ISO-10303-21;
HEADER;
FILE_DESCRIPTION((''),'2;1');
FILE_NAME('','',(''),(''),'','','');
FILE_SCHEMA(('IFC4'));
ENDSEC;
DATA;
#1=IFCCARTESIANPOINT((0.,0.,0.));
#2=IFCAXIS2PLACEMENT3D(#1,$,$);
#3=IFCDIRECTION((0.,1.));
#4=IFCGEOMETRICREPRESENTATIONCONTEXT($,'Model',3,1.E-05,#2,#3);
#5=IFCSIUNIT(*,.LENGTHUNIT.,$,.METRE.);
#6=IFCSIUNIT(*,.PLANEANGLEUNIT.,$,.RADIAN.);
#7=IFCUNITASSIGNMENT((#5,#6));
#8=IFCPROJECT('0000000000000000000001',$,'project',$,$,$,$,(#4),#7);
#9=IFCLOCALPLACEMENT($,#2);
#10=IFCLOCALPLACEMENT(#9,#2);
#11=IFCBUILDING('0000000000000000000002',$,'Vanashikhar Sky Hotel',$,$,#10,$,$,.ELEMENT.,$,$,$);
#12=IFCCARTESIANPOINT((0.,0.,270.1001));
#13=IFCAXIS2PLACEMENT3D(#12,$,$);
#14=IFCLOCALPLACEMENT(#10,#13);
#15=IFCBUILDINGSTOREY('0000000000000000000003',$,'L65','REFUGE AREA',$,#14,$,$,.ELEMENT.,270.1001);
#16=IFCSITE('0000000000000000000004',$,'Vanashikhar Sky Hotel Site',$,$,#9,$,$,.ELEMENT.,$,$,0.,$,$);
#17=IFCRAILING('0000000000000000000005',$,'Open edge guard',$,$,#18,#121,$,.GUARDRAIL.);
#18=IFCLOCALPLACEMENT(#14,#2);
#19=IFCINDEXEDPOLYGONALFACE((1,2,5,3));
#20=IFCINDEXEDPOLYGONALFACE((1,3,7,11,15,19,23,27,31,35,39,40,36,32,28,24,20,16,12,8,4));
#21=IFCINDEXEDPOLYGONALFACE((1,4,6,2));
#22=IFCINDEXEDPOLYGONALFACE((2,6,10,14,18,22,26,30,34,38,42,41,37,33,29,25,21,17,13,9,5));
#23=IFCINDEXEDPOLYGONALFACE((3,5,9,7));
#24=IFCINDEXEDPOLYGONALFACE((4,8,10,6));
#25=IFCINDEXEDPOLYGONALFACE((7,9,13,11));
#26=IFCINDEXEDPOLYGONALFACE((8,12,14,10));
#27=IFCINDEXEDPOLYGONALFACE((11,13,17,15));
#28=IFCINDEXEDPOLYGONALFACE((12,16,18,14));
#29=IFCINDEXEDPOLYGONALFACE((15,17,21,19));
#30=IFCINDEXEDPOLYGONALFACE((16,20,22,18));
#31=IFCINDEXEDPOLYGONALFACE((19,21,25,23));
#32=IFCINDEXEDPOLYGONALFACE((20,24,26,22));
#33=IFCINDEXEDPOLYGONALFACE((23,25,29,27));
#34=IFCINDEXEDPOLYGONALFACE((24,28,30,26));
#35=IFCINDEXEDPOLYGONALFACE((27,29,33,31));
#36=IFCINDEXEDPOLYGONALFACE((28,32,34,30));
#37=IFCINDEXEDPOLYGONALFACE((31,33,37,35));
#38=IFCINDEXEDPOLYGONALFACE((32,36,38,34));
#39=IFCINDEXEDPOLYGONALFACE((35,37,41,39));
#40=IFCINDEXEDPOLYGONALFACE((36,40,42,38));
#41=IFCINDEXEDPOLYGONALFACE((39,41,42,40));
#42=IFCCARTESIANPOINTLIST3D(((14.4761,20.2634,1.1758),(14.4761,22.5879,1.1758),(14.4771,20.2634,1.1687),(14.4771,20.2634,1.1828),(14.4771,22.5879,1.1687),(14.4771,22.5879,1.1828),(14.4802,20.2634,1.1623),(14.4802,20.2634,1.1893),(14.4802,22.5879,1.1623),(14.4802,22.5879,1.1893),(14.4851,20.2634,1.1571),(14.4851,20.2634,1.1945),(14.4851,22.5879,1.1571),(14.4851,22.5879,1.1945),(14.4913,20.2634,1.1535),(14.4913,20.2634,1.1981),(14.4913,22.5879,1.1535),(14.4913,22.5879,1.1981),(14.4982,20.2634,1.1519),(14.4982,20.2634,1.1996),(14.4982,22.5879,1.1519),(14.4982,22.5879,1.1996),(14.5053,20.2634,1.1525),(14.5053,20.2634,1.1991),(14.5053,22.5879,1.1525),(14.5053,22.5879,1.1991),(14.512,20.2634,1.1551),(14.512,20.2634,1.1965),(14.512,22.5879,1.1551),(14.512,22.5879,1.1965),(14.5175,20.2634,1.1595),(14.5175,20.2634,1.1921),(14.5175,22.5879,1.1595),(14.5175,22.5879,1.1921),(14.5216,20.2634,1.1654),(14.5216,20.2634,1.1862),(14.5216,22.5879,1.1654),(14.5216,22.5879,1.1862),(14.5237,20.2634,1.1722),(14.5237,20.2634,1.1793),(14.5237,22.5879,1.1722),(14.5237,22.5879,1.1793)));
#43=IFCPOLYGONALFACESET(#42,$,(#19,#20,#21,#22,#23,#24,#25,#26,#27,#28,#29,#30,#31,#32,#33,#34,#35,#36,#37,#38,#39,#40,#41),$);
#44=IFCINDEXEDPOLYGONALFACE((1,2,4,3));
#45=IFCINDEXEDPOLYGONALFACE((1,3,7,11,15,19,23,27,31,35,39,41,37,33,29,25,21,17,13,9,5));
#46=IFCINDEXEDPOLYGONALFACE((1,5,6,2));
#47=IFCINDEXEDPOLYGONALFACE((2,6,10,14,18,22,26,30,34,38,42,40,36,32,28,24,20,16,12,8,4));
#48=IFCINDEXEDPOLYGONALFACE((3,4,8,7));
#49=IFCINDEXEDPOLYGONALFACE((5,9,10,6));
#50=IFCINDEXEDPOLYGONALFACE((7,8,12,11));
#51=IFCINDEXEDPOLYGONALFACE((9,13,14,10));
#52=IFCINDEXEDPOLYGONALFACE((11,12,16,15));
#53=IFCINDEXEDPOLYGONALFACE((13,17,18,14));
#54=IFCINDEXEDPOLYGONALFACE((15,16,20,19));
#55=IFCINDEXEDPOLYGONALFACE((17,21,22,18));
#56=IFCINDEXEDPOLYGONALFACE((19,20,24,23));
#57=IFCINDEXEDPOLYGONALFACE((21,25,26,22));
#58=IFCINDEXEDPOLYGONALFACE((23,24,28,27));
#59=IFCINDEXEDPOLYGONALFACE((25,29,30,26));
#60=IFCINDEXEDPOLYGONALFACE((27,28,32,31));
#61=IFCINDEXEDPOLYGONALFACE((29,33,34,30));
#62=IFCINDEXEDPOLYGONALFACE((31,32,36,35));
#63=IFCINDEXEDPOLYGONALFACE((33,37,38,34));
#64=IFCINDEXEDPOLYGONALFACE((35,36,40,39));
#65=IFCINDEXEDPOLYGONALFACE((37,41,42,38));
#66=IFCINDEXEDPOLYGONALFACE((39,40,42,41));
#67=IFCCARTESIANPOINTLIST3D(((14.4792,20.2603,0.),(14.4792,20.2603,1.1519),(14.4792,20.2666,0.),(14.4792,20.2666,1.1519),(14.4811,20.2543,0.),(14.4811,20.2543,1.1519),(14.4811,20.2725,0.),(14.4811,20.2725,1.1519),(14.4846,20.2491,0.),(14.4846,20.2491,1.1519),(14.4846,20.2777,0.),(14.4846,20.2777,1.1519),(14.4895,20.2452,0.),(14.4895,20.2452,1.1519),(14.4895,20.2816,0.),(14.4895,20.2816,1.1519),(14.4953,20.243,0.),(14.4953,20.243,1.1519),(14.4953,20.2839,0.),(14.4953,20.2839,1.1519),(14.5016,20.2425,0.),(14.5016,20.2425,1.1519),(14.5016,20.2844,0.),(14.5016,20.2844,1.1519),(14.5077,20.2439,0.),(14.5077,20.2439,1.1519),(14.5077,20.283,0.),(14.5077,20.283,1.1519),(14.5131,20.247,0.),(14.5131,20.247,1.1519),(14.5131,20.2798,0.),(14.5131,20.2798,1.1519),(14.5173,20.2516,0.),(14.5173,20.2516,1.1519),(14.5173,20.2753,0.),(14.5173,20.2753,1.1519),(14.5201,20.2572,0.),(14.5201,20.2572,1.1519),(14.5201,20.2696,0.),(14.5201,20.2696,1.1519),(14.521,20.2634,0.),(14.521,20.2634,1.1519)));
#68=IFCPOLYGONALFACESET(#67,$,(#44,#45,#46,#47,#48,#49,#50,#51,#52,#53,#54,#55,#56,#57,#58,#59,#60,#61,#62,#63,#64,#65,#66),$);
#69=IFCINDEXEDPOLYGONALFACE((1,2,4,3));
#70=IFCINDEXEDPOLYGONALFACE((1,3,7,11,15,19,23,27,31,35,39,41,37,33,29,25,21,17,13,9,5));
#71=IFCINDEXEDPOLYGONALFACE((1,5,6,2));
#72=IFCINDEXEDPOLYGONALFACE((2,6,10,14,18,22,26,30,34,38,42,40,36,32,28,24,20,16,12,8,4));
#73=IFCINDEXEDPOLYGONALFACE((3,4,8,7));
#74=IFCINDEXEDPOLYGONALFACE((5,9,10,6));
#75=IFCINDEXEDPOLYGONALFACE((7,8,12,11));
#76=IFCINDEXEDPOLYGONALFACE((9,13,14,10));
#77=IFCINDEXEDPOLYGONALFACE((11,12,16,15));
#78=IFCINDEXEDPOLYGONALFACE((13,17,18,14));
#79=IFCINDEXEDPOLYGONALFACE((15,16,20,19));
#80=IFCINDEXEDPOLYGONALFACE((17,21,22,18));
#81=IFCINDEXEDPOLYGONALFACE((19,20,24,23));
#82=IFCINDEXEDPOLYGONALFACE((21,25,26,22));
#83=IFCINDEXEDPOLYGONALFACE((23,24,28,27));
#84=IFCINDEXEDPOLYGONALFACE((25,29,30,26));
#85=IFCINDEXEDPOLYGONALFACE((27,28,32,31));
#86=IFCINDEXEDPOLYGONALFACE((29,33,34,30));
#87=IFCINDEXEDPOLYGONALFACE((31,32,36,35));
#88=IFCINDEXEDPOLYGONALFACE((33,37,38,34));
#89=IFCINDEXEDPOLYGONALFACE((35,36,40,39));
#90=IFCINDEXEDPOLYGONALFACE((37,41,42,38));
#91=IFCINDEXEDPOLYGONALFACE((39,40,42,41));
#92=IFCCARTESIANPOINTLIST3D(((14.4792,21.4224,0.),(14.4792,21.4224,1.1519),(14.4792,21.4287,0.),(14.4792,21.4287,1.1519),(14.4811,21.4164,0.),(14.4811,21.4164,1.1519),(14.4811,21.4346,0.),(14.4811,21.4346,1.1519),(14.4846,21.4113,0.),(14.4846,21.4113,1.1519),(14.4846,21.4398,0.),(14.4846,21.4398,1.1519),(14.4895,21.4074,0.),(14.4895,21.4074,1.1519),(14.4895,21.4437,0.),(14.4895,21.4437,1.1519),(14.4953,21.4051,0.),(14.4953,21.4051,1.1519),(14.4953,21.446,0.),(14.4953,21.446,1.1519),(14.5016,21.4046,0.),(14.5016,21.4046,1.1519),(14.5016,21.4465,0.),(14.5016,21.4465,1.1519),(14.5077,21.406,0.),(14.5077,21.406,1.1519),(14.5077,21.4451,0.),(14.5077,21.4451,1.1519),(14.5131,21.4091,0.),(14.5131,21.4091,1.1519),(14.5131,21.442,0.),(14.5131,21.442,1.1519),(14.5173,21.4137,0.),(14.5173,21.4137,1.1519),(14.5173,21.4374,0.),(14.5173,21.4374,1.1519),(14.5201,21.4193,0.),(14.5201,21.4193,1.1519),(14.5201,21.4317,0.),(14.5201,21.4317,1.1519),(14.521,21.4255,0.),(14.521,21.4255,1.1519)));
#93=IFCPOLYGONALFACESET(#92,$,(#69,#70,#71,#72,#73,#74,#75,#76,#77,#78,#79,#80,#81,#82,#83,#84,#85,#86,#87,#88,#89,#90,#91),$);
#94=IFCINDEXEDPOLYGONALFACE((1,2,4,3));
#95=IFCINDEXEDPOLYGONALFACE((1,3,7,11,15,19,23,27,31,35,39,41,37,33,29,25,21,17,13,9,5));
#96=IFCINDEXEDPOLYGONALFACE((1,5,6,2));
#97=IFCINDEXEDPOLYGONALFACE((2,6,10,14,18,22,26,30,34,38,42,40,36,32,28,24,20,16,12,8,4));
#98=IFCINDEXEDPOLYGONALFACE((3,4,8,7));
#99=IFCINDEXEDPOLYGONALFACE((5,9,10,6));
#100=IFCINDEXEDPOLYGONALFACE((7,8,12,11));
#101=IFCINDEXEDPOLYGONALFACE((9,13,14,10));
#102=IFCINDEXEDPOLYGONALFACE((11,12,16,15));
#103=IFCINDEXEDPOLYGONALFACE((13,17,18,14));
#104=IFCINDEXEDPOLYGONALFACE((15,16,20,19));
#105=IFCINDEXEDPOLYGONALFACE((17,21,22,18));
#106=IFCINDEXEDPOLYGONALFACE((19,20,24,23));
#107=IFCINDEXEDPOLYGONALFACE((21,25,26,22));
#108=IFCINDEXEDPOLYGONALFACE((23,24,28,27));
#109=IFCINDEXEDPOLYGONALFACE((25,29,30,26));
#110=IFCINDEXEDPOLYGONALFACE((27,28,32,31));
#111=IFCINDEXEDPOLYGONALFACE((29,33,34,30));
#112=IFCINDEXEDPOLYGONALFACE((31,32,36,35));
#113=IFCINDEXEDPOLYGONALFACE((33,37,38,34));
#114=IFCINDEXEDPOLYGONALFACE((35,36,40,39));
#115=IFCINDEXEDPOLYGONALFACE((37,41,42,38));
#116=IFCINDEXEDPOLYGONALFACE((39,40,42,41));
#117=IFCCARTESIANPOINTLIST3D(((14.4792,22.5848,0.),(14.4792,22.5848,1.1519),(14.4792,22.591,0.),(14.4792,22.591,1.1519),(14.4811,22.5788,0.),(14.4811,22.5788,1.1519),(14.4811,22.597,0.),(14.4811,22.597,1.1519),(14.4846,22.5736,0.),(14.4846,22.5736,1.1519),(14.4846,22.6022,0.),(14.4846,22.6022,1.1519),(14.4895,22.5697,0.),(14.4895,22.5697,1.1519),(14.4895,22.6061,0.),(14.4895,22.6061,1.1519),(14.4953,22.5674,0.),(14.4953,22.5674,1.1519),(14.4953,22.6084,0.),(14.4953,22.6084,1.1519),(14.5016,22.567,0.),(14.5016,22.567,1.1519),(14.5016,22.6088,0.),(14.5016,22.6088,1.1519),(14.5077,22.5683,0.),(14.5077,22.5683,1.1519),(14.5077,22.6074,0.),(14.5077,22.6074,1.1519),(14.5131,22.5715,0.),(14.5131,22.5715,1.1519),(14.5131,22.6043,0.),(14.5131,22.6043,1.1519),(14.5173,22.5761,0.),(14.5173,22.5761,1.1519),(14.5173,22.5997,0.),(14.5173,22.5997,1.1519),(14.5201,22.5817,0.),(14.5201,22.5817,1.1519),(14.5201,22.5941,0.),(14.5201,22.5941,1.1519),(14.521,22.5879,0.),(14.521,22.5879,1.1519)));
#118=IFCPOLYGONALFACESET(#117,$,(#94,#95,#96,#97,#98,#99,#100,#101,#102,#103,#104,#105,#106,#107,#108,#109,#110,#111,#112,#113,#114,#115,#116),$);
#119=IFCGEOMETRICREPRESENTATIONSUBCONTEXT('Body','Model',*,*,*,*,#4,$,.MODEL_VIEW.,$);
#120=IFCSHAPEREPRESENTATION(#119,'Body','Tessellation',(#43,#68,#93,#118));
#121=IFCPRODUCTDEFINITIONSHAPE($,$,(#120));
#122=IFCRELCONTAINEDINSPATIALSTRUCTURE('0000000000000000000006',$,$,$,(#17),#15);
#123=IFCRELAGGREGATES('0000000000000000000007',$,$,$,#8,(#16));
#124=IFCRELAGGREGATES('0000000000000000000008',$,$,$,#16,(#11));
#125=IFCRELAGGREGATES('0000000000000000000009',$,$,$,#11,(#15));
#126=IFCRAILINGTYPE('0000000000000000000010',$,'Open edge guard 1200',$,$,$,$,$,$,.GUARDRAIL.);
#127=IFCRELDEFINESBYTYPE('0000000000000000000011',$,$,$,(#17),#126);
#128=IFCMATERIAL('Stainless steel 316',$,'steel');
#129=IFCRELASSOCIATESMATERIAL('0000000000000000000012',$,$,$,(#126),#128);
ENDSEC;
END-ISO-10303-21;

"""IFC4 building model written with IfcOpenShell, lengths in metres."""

from ifc_helpers import new_model, si_unit, direction, frame, origin, origin_2d, place, context, subcontext, project, spatial, circle, extrude, source, transform, mapped, material, type_object, element, save


model = new_model("IFC4")

# Units and contexts
model_context = context("Model", 3, precision=1e-05, world=origin(), true_north=direction((0.0, 1.0)))
body_context = subcontext(model_context, "Body", "Model", "MODEL_VIEW")
ifc_project = project(units=[si_unit("LENGTHUNIT", "METRE"), si_unit("PLANEANGLEUNIT", "RADIAN")], contexts=[model_context])

# Site, building, storey
site_placement = place(None, origin())
site = spatial("IfcSite", under=ifc_project, at=site_placement, Name="Vanashikhar Sky Hotel Site", CompositionType="ELEMENT", RefElevation=0.0)
building_placement = place(site_placement, origin())
building = spatial("IfcBuilding", under=site, at=building_placement, Name="Vanashikhar Sky Hotel", CompositionType="ELEMENT")
storey_placement = place(building_placement, frame((0.0, 0.0, 270.1001)))
storey = spatial("IfcBuildingStorey", under=building, at=storey_placement, Name="L65", Description="REFUGE AREA", CompositionType="ELEMENT", Elevation=270.1001)

# Railing
ifc_material_1 = material(Name="Stainless steel 316", Category="steel")
railing_type = type_object("IfcRailingType", Name="Open edge guard 1200", PredefinedType="GUARDRAIL", material=ifc_material_1)
shared_shape_1 = source(origin(), body_context, "Body", "SweptSolid", [
    extrude(circle(Radius=0.0239, at=origin_2d()), frame((0.0, 0.0, 1.1758), z_axis=(0.0, 1.0, 0.0), x_axis=(-1.0, 0.0, 0.0)), (0.0, 0.0, 1.0), 2.3245),
    extrude(circle(Radius=0.021, at=origin_2d()), origin(), (0.0, 0.0, 1.0), 1.1519),
    extrude(circle(Radius=0.021, at=origin_2d()), frame((0.0, 1.1621, 0.0)), (0.0, 0.0, 1.0), 1.1519),
    extrude(circle(Radius=0.021, at=origin_2d()), frame((0.0, 2.3245, 0.0)), (0.0, 0.0, 1.0), 1.1519),
])
for number, where, name in (
    (1, (14.5, 20.2634, 0.0), "Open edge guard"),
):
    element("IfcRailing", number, at=place(storey_placement, frame(where)), inside=storey, type_object=railing_type, Name=name, PredefinedType="GUARDRAIL", context=body_context, shape_type="MappedRepresentation", body=[
        mapped(shared_shape_1, transform((0.0, 0.0, 0.0), scale=1.0)),
    ])

save(model, "model.ifc")
